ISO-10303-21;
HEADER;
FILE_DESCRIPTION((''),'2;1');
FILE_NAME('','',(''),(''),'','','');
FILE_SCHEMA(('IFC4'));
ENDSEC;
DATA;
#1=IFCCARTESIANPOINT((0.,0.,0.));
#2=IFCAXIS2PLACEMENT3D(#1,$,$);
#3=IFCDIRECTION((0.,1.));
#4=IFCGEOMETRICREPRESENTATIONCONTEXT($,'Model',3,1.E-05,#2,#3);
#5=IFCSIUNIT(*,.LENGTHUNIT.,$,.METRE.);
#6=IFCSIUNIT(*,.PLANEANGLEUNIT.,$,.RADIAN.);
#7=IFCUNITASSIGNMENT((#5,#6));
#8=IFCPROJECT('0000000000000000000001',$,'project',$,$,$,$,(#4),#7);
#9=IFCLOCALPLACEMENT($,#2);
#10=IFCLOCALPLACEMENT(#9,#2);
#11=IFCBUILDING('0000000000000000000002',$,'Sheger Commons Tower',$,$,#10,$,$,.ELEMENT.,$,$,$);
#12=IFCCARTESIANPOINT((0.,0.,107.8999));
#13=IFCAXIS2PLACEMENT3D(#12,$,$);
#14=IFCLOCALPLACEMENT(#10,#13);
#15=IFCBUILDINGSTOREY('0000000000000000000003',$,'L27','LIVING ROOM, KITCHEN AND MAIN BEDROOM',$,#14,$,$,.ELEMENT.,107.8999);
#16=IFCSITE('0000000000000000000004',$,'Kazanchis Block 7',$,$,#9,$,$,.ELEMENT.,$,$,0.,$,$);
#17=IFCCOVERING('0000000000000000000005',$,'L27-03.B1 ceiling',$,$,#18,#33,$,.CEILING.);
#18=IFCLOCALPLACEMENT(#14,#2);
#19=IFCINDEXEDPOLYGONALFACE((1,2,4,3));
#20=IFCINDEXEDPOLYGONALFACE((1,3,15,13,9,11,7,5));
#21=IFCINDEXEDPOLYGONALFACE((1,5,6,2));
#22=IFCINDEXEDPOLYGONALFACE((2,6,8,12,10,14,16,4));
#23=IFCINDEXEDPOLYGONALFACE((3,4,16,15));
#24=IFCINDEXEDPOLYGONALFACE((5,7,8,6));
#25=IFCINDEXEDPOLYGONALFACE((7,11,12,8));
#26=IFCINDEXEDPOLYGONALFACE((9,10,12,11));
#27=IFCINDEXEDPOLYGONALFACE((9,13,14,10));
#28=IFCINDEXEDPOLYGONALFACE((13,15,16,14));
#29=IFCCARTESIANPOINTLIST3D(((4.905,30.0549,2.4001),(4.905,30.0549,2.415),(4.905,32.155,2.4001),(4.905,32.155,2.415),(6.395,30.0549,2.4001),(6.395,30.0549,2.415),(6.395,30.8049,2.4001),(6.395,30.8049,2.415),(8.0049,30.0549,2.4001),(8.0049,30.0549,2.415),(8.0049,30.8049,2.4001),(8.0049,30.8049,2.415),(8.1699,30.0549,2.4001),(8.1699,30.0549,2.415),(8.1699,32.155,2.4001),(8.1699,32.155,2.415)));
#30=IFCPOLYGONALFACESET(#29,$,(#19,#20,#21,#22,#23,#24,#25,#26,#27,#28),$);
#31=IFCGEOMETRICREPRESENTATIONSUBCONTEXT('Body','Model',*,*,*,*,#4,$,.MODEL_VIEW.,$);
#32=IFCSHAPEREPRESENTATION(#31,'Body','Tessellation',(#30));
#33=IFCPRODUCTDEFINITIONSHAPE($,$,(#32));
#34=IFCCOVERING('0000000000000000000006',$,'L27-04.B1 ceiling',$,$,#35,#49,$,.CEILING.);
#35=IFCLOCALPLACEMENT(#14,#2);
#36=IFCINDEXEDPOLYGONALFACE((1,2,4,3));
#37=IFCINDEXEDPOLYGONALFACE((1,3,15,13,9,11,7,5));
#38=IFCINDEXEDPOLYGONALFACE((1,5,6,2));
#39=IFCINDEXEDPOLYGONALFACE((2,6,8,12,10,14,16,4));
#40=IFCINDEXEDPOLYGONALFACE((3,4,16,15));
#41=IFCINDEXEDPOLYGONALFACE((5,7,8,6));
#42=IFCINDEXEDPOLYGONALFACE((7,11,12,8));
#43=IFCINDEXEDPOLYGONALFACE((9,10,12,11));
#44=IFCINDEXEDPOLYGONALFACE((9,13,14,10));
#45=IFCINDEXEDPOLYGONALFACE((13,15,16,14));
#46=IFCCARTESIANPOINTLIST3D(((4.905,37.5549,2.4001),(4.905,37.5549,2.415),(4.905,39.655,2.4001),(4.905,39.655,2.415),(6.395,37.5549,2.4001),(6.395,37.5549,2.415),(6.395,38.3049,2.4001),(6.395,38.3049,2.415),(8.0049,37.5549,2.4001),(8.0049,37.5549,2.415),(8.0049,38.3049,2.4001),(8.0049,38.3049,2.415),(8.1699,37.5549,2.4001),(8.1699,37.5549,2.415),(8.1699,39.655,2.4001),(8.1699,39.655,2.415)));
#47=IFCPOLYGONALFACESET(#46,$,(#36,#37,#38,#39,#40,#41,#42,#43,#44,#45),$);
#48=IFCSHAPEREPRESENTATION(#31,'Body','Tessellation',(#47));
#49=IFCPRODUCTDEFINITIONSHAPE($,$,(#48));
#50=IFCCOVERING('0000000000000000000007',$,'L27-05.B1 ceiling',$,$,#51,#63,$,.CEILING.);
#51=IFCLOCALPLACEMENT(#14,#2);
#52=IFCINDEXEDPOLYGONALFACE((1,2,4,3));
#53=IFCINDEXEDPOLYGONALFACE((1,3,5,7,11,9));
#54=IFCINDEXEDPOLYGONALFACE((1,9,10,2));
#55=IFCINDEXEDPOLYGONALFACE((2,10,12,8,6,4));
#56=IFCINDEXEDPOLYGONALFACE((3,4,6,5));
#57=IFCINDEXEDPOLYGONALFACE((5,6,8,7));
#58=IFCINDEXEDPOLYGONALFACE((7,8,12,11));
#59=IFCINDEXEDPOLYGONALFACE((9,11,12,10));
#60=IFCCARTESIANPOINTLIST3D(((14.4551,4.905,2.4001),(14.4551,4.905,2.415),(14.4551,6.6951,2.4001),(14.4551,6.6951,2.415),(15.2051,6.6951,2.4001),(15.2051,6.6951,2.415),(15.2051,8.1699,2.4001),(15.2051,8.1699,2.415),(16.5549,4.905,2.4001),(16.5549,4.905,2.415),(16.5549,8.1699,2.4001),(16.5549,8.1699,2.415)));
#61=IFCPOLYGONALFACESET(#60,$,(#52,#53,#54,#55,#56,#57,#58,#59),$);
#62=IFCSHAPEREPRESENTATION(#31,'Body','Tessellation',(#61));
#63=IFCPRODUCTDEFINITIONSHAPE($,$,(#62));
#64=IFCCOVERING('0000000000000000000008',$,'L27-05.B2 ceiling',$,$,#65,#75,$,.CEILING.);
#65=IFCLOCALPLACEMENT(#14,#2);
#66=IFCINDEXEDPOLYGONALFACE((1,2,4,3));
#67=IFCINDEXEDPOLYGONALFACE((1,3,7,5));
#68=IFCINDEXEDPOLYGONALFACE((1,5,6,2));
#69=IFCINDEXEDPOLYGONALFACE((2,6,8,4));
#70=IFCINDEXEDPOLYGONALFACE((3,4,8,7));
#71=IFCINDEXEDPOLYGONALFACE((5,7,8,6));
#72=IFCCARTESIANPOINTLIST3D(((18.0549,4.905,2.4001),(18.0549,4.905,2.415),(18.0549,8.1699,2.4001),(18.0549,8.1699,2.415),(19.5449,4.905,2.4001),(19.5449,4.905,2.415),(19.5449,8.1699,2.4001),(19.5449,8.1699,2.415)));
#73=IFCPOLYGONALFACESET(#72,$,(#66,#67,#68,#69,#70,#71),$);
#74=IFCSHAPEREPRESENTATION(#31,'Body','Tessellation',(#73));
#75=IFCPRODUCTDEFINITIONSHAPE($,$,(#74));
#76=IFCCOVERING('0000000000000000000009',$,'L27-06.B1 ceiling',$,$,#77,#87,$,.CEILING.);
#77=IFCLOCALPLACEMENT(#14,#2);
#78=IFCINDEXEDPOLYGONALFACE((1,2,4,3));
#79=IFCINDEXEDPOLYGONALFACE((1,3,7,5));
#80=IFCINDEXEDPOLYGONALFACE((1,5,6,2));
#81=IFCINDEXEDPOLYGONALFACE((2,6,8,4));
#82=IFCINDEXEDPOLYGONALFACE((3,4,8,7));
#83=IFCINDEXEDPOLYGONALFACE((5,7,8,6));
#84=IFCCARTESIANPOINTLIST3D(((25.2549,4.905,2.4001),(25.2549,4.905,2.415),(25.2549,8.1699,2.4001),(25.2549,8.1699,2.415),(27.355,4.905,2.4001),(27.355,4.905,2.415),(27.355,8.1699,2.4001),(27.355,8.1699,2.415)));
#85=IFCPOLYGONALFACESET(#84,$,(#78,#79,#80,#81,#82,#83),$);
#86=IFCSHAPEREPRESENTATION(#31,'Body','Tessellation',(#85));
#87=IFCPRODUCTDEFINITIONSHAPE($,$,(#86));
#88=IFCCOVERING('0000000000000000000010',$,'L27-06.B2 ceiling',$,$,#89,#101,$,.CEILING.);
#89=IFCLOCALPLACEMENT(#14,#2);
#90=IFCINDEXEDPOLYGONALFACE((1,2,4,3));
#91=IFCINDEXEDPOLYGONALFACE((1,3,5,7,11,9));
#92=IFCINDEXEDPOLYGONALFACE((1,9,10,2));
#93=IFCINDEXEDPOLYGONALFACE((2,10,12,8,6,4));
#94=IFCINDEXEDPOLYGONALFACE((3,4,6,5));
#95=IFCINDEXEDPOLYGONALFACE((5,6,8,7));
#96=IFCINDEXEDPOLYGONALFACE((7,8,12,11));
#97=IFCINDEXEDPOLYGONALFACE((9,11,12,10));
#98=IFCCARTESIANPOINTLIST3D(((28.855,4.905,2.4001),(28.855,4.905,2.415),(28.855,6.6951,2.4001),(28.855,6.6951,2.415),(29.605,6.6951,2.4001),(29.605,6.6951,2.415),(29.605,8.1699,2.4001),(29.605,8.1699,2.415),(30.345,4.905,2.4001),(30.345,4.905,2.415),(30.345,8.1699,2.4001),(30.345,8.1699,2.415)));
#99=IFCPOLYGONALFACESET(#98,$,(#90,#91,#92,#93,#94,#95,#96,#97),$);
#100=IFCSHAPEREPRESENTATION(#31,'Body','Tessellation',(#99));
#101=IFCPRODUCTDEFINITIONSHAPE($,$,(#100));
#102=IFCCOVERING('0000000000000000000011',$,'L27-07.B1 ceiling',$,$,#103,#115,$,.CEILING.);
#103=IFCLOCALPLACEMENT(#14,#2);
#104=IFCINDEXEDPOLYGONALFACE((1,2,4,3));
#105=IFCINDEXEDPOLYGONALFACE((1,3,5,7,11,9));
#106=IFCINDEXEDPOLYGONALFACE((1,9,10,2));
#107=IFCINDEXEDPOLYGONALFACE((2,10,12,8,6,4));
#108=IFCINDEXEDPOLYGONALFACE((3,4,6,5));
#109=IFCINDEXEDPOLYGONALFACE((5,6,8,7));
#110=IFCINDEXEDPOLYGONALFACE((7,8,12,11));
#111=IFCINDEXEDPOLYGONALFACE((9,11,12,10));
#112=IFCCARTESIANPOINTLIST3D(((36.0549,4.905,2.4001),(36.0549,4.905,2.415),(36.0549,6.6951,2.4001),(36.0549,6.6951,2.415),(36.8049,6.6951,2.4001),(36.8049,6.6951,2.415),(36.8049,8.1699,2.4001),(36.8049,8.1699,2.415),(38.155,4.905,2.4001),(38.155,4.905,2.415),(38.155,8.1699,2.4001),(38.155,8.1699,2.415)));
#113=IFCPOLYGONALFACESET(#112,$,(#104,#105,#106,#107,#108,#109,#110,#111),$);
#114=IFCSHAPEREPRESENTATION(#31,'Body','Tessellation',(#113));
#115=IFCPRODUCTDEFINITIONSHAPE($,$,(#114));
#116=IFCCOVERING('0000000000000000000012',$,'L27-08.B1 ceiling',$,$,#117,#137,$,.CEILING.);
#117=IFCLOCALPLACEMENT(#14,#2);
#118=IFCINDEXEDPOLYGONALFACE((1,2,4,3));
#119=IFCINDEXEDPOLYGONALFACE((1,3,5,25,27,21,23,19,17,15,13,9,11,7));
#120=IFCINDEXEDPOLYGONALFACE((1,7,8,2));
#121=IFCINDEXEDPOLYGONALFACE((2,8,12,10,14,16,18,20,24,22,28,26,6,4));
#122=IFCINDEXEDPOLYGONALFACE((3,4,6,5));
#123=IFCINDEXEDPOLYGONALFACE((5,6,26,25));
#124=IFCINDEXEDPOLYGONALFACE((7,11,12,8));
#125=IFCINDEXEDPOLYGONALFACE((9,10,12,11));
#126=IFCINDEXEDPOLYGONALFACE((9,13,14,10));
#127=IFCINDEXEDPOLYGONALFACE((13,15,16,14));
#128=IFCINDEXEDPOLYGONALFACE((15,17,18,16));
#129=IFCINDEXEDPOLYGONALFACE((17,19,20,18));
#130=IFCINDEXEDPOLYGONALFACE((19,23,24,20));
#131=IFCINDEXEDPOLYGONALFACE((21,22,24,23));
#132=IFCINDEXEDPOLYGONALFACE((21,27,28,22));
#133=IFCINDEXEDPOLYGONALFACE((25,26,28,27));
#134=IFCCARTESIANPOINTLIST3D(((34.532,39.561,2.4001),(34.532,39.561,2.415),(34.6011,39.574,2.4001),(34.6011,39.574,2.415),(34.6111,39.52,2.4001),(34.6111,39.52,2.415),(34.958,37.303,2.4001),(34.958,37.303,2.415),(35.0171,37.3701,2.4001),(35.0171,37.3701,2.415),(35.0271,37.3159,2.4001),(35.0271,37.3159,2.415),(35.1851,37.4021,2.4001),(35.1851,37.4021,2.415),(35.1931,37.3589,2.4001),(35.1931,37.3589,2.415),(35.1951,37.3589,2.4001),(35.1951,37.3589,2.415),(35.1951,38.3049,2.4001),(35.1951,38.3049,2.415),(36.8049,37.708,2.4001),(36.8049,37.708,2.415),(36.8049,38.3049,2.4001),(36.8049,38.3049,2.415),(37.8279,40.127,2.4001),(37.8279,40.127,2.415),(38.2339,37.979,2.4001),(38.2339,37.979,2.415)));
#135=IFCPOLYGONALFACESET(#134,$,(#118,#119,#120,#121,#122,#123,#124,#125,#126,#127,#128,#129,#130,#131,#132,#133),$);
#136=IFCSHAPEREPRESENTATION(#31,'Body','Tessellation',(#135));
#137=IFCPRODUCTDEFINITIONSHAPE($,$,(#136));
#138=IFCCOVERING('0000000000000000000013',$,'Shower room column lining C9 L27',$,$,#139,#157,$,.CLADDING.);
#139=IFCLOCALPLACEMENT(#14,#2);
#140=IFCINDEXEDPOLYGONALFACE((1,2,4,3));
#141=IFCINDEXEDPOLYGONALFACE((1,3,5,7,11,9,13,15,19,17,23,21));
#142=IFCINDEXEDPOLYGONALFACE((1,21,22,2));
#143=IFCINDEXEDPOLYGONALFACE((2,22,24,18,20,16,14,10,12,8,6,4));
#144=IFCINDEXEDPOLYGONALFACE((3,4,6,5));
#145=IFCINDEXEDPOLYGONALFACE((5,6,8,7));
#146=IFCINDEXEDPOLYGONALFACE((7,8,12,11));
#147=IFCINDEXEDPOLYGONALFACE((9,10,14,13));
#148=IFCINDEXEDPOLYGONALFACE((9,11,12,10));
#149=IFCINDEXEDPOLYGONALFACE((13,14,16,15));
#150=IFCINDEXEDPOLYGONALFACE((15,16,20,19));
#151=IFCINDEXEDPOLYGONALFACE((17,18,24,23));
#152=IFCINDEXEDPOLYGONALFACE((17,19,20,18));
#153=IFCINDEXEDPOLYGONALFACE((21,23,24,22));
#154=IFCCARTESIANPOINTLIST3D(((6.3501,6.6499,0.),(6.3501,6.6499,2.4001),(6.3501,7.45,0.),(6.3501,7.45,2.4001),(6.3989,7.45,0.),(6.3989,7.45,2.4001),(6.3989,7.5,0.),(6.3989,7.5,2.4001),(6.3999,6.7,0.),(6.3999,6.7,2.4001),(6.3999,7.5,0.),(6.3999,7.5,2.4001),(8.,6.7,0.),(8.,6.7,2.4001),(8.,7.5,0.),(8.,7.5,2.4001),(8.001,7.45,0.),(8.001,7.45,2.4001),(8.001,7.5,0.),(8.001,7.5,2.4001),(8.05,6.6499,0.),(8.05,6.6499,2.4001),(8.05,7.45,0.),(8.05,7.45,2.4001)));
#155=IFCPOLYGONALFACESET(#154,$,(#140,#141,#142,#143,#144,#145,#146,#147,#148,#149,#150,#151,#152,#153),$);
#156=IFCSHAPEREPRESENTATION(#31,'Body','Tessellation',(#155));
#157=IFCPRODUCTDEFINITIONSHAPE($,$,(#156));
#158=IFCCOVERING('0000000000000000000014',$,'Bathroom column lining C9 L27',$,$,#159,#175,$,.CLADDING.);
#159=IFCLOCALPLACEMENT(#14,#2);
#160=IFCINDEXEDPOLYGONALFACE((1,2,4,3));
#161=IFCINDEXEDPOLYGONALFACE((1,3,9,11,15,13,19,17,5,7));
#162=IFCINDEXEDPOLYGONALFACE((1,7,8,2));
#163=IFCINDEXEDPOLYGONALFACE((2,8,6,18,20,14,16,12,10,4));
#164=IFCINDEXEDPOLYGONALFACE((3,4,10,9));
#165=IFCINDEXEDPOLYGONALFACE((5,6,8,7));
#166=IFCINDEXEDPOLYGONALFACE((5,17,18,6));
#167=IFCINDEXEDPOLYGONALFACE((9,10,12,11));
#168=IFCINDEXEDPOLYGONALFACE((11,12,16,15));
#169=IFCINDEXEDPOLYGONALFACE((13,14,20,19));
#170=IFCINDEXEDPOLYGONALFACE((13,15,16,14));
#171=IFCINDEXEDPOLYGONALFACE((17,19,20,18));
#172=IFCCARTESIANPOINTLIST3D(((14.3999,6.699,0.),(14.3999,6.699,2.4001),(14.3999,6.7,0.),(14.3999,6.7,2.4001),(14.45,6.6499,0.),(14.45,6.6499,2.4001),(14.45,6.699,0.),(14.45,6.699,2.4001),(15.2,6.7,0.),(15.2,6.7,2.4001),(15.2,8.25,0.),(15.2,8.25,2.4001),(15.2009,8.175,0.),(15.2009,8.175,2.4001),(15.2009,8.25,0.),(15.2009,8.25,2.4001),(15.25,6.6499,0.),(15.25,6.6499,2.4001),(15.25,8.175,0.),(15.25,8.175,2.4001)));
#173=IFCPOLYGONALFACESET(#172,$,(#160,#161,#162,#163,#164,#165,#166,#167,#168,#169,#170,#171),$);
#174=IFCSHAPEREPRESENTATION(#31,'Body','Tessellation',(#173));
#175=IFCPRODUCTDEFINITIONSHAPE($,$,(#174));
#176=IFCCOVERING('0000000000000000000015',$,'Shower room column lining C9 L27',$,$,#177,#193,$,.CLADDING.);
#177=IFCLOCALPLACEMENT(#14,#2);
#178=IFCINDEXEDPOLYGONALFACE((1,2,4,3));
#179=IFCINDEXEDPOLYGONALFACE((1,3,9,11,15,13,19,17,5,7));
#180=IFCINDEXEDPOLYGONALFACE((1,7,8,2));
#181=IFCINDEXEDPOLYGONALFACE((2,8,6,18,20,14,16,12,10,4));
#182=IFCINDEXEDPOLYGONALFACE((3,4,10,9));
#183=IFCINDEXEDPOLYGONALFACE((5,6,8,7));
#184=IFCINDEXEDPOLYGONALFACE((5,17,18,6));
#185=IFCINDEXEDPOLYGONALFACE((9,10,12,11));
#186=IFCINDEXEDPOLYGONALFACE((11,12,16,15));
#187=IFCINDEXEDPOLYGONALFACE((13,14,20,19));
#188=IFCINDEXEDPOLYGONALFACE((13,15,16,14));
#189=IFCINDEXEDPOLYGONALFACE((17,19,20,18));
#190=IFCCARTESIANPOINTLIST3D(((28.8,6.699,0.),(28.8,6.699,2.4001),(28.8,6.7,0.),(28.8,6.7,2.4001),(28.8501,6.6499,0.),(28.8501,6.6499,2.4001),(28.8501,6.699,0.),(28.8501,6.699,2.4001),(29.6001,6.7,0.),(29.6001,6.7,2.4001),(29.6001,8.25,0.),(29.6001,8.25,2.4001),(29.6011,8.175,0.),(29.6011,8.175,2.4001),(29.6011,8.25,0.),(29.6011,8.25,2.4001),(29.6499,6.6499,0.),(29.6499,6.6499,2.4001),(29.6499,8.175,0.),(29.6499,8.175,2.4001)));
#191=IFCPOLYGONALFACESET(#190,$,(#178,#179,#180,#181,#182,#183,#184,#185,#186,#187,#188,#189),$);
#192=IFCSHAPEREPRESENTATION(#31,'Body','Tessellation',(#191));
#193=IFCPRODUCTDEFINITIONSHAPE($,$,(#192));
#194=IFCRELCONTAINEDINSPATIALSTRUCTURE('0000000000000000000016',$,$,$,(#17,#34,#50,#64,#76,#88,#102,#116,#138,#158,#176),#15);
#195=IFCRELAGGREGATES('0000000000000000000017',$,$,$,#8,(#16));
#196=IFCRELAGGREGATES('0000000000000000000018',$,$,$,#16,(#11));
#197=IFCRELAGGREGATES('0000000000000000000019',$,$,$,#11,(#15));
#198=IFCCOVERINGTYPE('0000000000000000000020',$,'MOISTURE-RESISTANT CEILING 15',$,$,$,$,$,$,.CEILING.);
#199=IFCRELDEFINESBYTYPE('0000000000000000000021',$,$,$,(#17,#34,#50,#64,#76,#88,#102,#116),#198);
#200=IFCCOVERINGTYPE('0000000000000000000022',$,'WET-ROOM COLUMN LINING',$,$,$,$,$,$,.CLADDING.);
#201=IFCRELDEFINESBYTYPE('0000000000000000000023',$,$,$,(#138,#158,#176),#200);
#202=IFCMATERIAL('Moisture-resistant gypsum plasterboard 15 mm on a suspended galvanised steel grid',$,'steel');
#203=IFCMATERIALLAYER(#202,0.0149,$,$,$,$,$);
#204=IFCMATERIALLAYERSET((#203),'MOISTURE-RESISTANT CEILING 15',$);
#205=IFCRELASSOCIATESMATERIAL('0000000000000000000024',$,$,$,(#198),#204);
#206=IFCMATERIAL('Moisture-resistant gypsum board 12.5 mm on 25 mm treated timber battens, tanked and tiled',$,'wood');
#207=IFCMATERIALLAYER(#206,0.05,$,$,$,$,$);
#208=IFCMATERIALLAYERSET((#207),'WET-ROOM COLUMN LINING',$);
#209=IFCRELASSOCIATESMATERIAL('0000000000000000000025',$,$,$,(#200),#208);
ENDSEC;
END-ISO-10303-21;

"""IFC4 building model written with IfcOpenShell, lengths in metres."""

from ifc_helpers import new_model, si_unit, direction, frame, origin, place, context, subcontext, project, spatial, polyline, outline, extrude, material, layer, layer_set, type_object, element, save


model = new_model("IFC4")

# Units and contexts
model_context = context("Model", 3, precision=1e-05, world=origin(), true_north=direction((0.0, 1.0)))
body_context = subcontext(model_context, "Body", "Model", "MODEL_VIEW")
ifc_project = project(units=[si_unit("LENGTHUNIT", "METRE"), si_unit("PLANEANGLEUNIT", "RADIAN")], contexts=[model_context])

# Site, building, storey
site_placement = place(None, origin())
site = spatial("IfcSite", under=ifc_project, at=site_placement, Name="Kazanchis Block 7", CompositionType="ELEMENT", RefElevation=0.0)
building_placement = place(site_placement, origin())
building = spatial("IfcBuilding", under=site, at=building_placement, Name="Sheger Commons Tower", CompositionType="ELEMENT")
storey_placement = place(building_placement, frame((0.0, 0.0, 107.8999)))
storey = spatial("IfcBuildingStorey", under=building, at=storey_placement, Name="L27", Description="LIVING ROOM, KITCHEN AND MAIN BEDROOM", CompositionType="ELEMENT", Elevation=107.8999)

# Coverings
ifc_material_1 = material(Name="Moisture-resistant gypsum plasterboard 15 mm on a suspended galvanised steel grid", Category="steel")
ifc_layer_1 = layer(ifc_material_1, 0.0149)
ifc_layer_set_1 = layer_set([ifc_layer_1], Name="MOISTURE-RESISTANT CEILING 15")
covering_type_1 = type_object("IfcCoveringType", Name="MOISTURE-RESISTANT CEILING 15", PredefinedType="CEILING", material=ifc_layer_set_1)
covering_1_placement = place(storey_placement, frame((0.0, 0.0, 2.4001)))
element("IfcCovering", 1, at=covering_1_placement, inside=storey, type_object=covering_type_1, Name="L27-03.B1 ceiling", PredefinedType="CEILING", context=body_context, shape_type="SweptSolid", body=[
    extrude(outline(polyline([(4.905, 30.0549), (6.395, 30.0549), (6.395, 30.8049), (8.0049, 30.8049), (8.0049, 30.0549), (8.1699, 30.0549), (8.1699, 32.155), (4.905, 32.155), (4.905, 30.0549)])), origin(), (0.0, 0.0, 1.0), 0.0149),
])
covering_2_placement = place(storey_placement, frame((0.0, 0.0, 2.4001)))
element("IfcCovering", 2, at=covering_2_placement, inside=storey, type_object=covering_type_1, Name="L27-04.B1 ceiling", PredefinedType="CEILING", context=body_context, shape_type="SweptSolid", body=[
    extrude(outline(polyline([(4.905, 37.5549), (6.395, 37.5549), (6.395, 38.3049), (8.0049, 38.3049), (8.0049, 37.5549), (8.1699, 37.5549), (8.1699, 39.655), (4.905, 39.655), (4.905, 37.5549)])), origin(), (0.0, 0.0, 1.0), 0.0149),
])
covering_3_placement = place(storey_placement, frame((0.0, 0.0, 2.4001)))
element("IfcCovering", 3, at=covering_3_placement, inside=storey, type_object=covering_type_1, Name="L27-05.B1 ceiling", PredefinedType="CEILING", context=body_context, shape_type="SweptSolid", body=[
    extrude(outline(polyline([(14.4551, 4.905), (16.5549, 4.905), (16.5549, 8.1699), (15.2051, 8.1699), (15.2051, 6.6951), (14.4551, 6.6951), (14.4551, 4.905)])), origin(), (0.0, 0.0, 1.0), 0.0149),
])
covering_4_placement = place(storey_placement, frame((0.0, 0.0, 2.4001)))
element("IfcCovering", 4, at=covering_4_placement, inside=storey, type_object=covering_type_1, Name="L27-05.B2 ceiling", PredefinedType="CEILING", context=body_context, shape_type="SweptSolid", body=[
    extrude(outline(polyline([(18.0549, 4.905), (19.5449, 4.905), (19.5449, 8.1699), (18.0549, 8.1699), (18.0549, 4.905)])), origin(), (0.0, 0.0, 1.0), 0.0149),
])
covering_5_placement = place(storey_placement, frame((0.0, 0.0, 2.4001)))
element("IfcCovering", 5, at=covering_5_placement, inside=storey, type_object=covering_type_1, Name="L27-06.B1 ceiling", PredefinedType="CEILING", context=body_context, shape_type="SweptSolid", body=[
    extrude(outline(polyline([(25.2549, 4.905), (27.355, 4.905), (27.355, 8.1699), (25.2549, 8.1699), (25.2549, 4.905)])), origin(), (0.0, 0.0, 1.0), 0.0149),
])
covering_6_placement = place(storey_placement, frame((0.0, 0.0, 2.4001)))
element("IfcCovering", 6, at=covering_6_placement, inside=storey, type_object=covering_type_1, Name="L27-06.B2 ceiling", PredefinedType="CEILING", context=body_context, shape_type="SweptSolid", body=[
    extrude(outline(polyline([(28.855, 4.905), (30.345, 4.905), (30.345, 8.1699), (29.605, 8.1699), (29.605, 6.6951), (28.855, 6.6951), (28.855, 4.905)])), origin(), (0.0, 0.0, 1.0), 0.0149),
])
covering_7_placement = place(storey_placement, frame((0.0, 0.0, 2.4001)))
element("IfcCovering", 7, at=covering_7_placement, inside=storey, type_object=covering_type_1, Name="L27-07.B1 ceiling", PredefinedType="CEILING", context=body_context, shape_type="SweptSolid", body=[
    extrude(outline(polyline([(36.0549, 4.905), (38.155, 4.905), (38.155, 8.1699), (36.8049, 8.1699), (36.8049, 6.6951), (36.0549, 6.6951), (36.0549, 4.905)])), origin(), (0.0, 0.0, 1.0), 0.0149),
])
covering_8_placement = place(storey_placement, frame((0.0, 0.0, 2.4001)))
element("IfcCovering", 8, at=covering_8_placement, inside=storey, type_object=covering_type_1, Name="L27-08.B1 ceiling", PredefinedType="CEILING", context=body_context, shape_type="SweptSolid", body=[
    extrude(outline(polyline([(34.958, 37.303), (35.0271, 37.3159), (35.0171, 37.3701), (35.1851, 37.4021), (35.1931, 37.3589), (35.1951, 37.3589), (35.1951, 38.3049), (36.8049, 38.3049), (36.8049, 37.708), (38.2339, 37.979), (37.8279, 40.127), (34.6111, 39.52), (34.6011, 39.574), (34.532, 39.561), (34.958, 37.303)])), origin(), (0.0, 0.0, 1.0), 0.0149),
])
ifc_material_2 = material(Name="Moisture-resistant gypsum board 12.5 mm on 25 mm treated timber battens, tanked and tiled", Category="wood")
ifc_layer_2 = layer(ifc_material_2, 0.05)
ifc_layer_set_2 = layer_set([ifc_layer_2], Name="WET-ROOM COLUMN LINING")
covering_type_2 = type_object("IfcCoveringType", Name="WET-ROOM COLUMN LINING", PredefinedType="CLADDING", material=ifc_layer_set_2)
covering_9_placement = place(storey_placement, origin())
element("IfcCovering", 9, at=covering_9_placement, inside=storey, type_object=covering_type_2, Name="Shower room column lining C9 L27", PredefinedType="CLADDING", context=body_context, shape_type="SweptSolid", body=[
    extrude(outline(polyline([(6.3999, 7.5), (6.3999, 6.7), (8.0, 6.7), (8.0, 7.5), (8.001, 7.5), (8.001, 7.45), (8.05, 7.45), (8.05, 6.6499), (6.3501, 6.6499), (6.3501, 7.45), (6.3989, 7.45), (6.3989, 7.5), (6.3999, 7.5)])), origin(), (0.0, 0.0, 1.0), 2.4001),
])
covering_10_placement = place(storey_placement, origin())
element("IfcCovering", 10, at=covering_10_placement, inside=storey, type_object=covering_type_2, Name="Bathroom column lining C9 L27", PredefinedType="CLADDING", context=body_context, shape_type="SweptSolid", body=[
    extrude(outline(polyline([(14.45, 6.6499), (14.45, 6.699), (14.3999, 6.699), (14.3999, 6.7), (15.2, 6.7), (15.2, 8.25), (15.2009, 8.25), (15.2009, 8.175), (15.25, 8.175), (15.25, 6.6499), (14.45, 6.6499)])), origin(), (0.0, 0.0, 1.0), 2.4001),
])
covering_11_placement = place(storey_placement, origin())
element("IfcCovering", 11, at=covering_11_placement, inside=storey, type_object=covering_type_2, Name="Shower room column lining C9 L27", PredefinedType="CLADDING", context=body_context, shape_type="SweptSolid", body=[
    extrude(outline(polyline([(28.8501, 6.6499), (28.8501, 6.699), (28.8, 6.699), (28.8, 6.7), (29.6001, 6.7), (29.6001, 8.25), (29.6011, 8.25), (29.6011, 8.175), (29.6499, 8.175), (29.6499, 6.6499), (28.8501, 6.6499)])), origin(), (0.0, 0.0, 1.0), 2.4001),
])

save(model, "model.ifc")
